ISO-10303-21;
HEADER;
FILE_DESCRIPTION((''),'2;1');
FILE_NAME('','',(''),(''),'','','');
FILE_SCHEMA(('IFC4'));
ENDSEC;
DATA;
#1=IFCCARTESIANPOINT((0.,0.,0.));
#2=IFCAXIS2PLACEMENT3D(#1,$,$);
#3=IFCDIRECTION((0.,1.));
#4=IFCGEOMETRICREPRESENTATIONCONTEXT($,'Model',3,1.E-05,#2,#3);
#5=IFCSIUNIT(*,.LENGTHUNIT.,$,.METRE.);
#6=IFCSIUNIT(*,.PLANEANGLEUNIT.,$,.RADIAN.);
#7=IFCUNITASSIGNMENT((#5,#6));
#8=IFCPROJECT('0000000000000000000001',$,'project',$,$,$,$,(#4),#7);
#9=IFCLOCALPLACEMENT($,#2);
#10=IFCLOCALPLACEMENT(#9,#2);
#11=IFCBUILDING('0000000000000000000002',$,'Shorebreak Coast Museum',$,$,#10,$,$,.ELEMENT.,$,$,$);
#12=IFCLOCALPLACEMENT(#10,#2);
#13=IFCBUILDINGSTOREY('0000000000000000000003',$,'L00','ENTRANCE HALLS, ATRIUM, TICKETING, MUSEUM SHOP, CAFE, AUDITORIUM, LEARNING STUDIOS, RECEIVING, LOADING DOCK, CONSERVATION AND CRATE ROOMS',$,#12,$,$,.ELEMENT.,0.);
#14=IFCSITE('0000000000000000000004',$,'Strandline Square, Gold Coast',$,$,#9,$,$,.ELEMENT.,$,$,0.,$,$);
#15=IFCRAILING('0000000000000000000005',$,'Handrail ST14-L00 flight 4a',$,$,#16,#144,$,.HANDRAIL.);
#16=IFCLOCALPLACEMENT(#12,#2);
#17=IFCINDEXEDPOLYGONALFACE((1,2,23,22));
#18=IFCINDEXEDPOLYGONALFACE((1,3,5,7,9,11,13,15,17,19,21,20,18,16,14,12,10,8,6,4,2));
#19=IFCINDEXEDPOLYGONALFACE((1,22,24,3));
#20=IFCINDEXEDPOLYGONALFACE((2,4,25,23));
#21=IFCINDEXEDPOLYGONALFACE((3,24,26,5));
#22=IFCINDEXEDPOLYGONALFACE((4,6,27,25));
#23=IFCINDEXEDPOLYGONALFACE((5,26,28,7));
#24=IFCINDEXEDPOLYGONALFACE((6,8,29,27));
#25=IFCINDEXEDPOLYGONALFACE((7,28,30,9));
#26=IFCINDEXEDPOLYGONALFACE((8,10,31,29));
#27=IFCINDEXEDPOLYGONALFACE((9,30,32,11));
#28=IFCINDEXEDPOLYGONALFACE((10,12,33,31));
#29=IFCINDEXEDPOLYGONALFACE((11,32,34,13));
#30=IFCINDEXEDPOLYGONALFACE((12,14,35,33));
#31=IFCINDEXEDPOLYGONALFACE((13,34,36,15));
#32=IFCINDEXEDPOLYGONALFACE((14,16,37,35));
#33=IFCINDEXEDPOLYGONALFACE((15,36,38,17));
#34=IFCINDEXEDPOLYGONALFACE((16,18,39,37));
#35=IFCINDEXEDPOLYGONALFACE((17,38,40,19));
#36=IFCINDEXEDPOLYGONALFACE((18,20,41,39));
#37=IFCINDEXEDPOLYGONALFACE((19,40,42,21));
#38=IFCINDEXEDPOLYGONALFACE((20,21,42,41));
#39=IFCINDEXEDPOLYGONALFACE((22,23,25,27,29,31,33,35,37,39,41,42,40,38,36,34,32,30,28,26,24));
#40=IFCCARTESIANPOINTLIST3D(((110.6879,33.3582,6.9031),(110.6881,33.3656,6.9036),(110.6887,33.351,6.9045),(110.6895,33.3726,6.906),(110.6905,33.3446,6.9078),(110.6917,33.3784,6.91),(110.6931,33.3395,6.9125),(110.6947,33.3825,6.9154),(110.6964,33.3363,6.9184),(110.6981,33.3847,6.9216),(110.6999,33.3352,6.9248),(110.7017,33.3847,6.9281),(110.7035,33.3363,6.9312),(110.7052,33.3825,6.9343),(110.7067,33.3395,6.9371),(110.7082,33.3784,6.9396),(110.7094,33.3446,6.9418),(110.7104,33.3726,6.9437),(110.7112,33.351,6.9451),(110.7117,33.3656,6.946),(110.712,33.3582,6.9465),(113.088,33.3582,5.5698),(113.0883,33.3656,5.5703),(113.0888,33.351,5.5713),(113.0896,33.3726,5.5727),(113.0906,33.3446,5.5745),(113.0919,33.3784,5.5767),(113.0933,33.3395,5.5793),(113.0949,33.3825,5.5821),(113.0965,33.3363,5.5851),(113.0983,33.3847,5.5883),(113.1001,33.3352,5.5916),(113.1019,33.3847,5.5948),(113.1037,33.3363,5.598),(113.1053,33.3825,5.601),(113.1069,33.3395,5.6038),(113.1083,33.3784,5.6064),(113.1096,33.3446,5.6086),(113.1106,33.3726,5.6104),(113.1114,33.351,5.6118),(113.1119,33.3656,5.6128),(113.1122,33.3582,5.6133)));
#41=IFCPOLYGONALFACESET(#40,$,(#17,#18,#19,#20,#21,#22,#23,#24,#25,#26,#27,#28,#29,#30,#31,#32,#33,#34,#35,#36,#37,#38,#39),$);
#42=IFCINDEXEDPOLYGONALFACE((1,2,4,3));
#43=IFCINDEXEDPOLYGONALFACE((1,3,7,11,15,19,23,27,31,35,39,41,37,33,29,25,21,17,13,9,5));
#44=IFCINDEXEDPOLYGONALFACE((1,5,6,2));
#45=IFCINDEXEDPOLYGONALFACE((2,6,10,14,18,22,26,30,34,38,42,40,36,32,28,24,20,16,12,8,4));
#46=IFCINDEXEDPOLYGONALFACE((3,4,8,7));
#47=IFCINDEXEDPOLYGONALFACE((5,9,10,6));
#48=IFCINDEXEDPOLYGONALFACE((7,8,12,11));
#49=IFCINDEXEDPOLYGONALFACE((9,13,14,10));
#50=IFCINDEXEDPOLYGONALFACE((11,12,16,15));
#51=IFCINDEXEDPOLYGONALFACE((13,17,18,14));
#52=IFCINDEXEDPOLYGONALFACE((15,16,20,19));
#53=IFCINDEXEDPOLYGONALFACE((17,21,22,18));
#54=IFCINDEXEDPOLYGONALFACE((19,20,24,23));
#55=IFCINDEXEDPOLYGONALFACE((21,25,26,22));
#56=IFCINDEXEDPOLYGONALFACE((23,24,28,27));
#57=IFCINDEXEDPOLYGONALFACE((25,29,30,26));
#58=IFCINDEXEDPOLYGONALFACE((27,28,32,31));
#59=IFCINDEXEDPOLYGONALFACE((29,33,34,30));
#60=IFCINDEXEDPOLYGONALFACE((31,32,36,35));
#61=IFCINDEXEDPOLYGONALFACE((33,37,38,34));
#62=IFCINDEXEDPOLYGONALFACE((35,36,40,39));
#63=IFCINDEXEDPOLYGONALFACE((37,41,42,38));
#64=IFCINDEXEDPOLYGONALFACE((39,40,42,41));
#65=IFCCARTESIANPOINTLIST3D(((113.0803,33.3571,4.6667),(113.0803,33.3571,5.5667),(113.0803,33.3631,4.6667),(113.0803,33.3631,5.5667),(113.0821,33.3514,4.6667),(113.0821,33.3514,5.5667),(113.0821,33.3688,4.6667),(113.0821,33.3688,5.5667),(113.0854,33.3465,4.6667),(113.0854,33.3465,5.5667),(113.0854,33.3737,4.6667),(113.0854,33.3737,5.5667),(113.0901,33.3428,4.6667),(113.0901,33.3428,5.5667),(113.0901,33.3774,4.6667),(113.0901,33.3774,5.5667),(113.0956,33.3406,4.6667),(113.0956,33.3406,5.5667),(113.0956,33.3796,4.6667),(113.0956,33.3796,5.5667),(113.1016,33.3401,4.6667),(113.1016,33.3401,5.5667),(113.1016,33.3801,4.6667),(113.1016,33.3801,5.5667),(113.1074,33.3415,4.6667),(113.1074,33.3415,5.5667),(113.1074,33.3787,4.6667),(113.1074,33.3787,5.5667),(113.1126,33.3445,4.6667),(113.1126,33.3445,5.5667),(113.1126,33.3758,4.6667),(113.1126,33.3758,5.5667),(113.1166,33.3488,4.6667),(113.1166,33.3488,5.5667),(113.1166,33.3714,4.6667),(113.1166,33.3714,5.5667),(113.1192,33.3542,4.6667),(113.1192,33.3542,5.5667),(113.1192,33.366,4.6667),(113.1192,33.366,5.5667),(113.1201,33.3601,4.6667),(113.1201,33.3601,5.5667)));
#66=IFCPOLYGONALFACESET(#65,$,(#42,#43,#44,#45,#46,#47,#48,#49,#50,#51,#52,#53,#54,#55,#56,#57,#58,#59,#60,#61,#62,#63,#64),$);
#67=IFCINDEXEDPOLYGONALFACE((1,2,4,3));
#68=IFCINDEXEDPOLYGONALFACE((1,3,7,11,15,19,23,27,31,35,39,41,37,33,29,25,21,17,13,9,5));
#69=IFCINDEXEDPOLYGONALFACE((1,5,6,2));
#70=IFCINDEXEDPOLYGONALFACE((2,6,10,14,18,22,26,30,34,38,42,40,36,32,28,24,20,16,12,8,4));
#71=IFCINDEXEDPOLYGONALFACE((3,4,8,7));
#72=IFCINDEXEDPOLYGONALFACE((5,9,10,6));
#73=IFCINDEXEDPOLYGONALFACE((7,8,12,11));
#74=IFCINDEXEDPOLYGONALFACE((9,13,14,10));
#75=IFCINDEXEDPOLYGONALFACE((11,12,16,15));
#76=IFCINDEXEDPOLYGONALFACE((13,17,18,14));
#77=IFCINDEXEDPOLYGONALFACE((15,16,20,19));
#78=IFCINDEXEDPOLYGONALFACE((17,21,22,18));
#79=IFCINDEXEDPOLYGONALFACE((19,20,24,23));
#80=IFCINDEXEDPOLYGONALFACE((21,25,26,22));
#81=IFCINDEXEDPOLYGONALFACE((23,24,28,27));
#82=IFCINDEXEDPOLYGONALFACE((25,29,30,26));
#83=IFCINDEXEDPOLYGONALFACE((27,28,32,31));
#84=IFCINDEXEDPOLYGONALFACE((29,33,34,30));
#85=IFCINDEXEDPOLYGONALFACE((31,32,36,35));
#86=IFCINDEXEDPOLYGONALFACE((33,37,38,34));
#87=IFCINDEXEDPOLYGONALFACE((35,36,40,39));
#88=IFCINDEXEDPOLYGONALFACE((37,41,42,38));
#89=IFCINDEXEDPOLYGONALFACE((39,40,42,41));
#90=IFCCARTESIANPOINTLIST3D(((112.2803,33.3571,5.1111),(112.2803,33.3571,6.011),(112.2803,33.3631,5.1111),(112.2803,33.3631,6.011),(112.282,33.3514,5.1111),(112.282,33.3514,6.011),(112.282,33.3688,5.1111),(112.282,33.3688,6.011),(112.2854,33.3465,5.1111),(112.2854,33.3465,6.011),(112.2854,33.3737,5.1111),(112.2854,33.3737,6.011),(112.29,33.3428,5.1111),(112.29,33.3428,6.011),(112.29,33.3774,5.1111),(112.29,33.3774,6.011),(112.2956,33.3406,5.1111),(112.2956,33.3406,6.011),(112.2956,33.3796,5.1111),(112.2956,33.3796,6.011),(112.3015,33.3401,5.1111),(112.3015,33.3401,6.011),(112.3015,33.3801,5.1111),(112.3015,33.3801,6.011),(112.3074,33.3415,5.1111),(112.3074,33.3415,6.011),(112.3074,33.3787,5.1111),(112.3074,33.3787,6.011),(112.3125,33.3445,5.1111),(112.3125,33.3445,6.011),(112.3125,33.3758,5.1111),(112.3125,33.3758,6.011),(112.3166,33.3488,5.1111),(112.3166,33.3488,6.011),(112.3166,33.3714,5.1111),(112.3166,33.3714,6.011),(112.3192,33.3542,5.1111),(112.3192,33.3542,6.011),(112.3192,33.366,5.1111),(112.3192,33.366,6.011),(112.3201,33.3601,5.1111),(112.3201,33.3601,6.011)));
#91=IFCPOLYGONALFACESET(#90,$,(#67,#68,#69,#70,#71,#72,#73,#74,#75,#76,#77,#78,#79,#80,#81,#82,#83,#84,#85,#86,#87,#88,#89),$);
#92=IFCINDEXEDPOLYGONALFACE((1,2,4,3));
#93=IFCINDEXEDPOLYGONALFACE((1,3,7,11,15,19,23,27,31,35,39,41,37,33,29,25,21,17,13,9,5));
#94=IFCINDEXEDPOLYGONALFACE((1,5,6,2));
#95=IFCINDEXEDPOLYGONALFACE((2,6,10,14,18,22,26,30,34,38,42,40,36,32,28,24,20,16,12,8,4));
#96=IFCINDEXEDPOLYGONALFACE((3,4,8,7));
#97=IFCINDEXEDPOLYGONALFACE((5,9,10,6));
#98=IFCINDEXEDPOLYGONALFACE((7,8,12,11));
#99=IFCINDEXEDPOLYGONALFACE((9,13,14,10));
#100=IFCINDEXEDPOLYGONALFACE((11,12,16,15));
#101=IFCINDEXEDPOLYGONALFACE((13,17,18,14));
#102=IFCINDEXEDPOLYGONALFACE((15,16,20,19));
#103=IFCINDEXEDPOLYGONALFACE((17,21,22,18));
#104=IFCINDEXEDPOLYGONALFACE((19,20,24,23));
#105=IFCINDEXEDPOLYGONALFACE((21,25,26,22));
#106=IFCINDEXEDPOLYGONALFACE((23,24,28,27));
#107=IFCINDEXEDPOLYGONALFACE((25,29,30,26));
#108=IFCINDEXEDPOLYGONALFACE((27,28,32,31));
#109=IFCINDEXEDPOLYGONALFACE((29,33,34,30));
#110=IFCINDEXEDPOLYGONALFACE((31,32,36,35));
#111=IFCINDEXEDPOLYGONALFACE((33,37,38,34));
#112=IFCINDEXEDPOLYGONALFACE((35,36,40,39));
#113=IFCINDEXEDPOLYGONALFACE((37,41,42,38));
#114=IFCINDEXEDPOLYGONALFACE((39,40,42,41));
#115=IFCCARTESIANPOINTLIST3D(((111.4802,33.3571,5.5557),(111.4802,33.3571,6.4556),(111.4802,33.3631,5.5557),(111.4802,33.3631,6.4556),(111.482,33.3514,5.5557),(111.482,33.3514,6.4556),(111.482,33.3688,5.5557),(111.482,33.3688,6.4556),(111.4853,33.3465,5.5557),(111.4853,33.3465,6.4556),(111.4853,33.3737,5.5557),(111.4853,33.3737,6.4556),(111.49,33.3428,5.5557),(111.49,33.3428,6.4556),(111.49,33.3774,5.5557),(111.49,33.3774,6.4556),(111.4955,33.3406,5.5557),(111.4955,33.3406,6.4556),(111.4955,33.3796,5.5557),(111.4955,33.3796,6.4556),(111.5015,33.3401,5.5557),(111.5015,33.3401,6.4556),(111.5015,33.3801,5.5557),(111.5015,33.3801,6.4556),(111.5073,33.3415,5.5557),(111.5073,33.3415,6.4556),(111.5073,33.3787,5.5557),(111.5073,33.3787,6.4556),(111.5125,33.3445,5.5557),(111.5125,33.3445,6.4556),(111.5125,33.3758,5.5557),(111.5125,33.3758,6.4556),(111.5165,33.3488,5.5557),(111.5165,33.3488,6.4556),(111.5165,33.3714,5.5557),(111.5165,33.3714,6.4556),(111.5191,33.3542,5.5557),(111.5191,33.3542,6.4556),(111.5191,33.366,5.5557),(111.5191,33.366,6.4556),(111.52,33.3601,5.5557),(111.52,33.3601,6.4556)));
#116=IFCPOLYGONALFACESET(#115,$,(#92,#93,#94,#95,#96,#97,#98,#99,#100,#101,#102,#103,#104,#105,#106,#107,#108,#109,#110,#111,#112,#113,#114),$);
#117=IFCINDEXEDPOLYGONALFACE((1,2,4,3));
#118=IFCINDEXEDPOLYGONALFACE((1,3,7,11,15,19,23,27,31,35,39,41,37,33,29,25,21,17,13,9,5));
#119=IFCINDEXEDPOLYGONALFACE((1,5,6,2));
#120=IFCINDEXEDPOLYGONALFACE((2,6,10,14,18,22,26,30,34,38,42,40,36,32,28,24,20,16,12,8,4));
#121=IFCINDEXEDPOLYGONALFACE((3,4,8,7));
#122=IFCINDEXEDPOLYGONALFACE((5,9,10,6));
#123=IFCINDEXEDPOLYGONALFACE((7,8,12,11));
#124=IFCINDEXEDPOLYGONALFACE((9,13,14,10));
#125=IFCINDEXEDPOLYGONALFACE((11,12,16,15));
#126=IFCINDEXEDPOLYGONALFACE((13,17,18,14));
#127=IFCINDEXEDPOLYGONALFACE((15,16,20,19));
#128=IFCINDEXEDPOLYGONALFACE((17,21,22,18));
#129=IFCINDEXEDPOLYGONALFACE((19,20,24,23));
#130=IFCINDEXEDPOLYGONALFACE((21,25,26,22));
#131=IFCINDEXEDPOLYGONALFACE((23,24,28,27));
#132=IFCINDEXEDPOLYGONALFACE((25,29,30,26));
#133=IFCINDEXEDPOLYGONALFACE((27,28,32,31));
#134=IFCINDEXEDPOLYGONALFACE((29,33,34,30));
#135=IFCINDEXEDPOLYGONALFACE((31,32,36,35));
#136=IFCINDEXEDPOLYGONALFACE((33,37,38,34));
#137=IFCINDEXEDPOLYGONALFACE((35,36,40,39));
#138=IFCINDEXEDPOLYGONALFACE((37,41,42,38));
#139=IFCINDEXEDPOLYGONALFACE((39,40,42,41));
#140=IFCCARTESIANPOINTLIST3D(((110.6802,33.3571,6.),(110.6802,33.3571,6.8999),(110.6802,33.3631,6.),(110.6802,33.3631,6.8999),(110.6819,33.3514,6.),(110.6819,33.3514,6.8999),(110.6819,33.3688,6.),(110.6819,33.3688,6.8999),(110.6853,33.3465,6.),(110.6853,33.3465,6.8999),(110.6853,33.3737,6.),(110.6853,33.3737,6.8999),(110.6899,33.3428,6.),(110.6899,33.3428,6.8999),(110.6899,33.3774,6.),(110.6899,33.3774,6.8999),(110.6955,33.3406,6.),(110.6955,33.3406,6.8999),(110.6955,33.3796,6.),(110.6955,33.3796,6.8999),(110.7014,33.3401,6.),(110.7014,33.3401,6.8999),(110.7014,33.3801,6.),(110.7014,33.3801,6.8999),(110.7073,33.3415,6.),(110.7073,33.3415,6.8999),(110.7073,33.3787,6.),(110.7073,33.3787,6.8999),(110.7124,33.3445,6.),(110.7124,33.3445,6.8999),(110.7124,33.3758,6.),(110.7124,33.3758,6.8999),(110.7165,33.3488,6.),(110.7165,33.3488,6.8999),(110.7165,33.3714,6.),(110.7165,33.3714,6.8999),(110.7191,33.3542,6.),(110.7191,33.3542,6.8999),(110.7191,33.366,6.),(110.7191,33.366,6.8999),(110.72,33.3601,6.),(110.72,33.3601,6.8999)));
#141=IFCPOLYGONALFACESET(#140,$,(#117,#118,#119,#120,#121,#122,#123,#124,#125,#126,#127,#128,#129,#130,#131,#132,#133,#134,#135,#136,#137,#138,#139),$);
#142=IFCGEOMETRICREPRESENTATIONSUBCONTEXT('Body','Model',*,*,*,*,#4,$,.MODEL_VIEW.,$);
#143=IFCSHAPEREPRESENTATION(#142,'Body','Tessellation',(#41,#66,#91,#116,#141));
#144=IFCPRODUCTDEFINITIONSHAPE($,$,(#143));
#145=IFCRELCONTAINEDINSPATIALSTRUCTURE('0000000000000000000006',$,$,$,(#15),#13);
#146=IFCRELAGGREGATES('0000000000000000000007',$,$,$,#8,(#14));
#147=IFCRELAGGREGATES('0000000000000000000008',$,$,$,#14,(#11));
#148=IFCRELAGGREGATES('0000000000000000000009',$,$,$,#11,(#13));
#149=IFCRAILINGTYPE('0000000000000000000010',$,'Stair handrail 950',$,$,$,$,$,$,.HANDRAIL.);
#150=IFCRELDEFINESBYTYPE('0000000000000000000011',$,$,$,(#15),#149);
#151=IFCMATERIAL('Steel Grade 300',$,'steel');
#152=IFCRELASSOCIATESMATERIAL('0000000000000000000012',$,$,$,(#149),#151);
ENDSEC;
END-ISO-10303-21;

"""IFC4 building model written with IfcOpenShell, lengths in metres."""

from ifc_helpers import new_model, si_unit, direction, frame, origin, origin_2d, place, context, subcontext, project, spatial, circle, extrude, material, type_object, element, save


model = new_model("IFC4")

# Units and contexts
model_context = context("Model", 3, precision=1e-05, world=origin(), true_north=direction((0.0, 1.0)))
body_context = subcontext(model_context, "Body", "Model", "MODEL_VIEW")
ifc_project = project(units=[si_unit("LENGTHUNIT", "METRE"), si_unit("PLANEANGLEUNIT", "RADIAN")], contexts=[model_context])

# Site, building, storey
site_placement = place(None, origin())
site = spatial("IfcSite", under=ifc_project, at=site_placement, Name="Strandline Square, Gold Coast", CompositionType="ELEMENT", RefElevation=0.0)
building_placement = place(site_placement, origin())
building = spatial("IfcBuilding", under=site, at=building_placement, Name="Shorebreak Coast Museum", CompositionType="ELEMENT")
storey_placement = place(building_placement, origin())
storey = spatial("IfcBuildingStorey", under=building, at=storey_placement, Name="L00", Description="ENTRANCE HALLS, ATRIUM, TICKETING, MUSEUM SHOP, CAFE, AUDITORIUM, LEARNING STUDIOS, RECEIVING, LOADING DOCK, CONSERVATION AND CRATE ROOMS", CompositionType="ELEMENT", Elevation=0.0)

# Railing
ifc_material_1 = material(Name="Steel Grade 300", Category="steel")
railing_type_1 = type_object("IfcRailingType", Name="Stair handrail 950", PredefinedType="HANDRAIL", material=ifc_material_1)
railing_1_placement = place(storey_placement, frame((113.1001, 33.3601, 4.6667)))
element("IfcRailing", 1, at=railing_1_placement, inside=storey, type_object=railing_type_1, Name="Handrail ST14-L00 flight 4a", PredefinedType="HANDRAIL", context=body_context, shape_type="SweptSolid", body=[
    extrude(circle(Radius=0.0249, at=origin_2d()), frame((0.0, 0.0, 0.9248), z_axis=(-0.874182, 0.0, 0.485598), x_axis=(0.0, -1.0, 0.0)), (0.0, 0.0, 1.0), 2.7456),
    extrude(circle(Radius=0.02, at=origin_2d()), origin(), (0.0, 0.0, 1.0), 0.8999),
    extrude(circle(Radius=0.02, at=origin_2d()), frame((-0.8, 0.0, 0.4443)), (0.0, 0.0, 1.0), 0.8999),
    extrude(circle(Radius=0.02, at=origin_2d()), frame((-1.6001, 0.0, 0.8889)), (0.0, 0.0, 1.0), 0.8999),
    extrude(circle(Radius=0.02, at=origin_2d()), frame((-2.4001, 0.0, 1.3333)), (0.0, 0.0, 1.0), 0.8999),
])

save(model, "model.ifc")
